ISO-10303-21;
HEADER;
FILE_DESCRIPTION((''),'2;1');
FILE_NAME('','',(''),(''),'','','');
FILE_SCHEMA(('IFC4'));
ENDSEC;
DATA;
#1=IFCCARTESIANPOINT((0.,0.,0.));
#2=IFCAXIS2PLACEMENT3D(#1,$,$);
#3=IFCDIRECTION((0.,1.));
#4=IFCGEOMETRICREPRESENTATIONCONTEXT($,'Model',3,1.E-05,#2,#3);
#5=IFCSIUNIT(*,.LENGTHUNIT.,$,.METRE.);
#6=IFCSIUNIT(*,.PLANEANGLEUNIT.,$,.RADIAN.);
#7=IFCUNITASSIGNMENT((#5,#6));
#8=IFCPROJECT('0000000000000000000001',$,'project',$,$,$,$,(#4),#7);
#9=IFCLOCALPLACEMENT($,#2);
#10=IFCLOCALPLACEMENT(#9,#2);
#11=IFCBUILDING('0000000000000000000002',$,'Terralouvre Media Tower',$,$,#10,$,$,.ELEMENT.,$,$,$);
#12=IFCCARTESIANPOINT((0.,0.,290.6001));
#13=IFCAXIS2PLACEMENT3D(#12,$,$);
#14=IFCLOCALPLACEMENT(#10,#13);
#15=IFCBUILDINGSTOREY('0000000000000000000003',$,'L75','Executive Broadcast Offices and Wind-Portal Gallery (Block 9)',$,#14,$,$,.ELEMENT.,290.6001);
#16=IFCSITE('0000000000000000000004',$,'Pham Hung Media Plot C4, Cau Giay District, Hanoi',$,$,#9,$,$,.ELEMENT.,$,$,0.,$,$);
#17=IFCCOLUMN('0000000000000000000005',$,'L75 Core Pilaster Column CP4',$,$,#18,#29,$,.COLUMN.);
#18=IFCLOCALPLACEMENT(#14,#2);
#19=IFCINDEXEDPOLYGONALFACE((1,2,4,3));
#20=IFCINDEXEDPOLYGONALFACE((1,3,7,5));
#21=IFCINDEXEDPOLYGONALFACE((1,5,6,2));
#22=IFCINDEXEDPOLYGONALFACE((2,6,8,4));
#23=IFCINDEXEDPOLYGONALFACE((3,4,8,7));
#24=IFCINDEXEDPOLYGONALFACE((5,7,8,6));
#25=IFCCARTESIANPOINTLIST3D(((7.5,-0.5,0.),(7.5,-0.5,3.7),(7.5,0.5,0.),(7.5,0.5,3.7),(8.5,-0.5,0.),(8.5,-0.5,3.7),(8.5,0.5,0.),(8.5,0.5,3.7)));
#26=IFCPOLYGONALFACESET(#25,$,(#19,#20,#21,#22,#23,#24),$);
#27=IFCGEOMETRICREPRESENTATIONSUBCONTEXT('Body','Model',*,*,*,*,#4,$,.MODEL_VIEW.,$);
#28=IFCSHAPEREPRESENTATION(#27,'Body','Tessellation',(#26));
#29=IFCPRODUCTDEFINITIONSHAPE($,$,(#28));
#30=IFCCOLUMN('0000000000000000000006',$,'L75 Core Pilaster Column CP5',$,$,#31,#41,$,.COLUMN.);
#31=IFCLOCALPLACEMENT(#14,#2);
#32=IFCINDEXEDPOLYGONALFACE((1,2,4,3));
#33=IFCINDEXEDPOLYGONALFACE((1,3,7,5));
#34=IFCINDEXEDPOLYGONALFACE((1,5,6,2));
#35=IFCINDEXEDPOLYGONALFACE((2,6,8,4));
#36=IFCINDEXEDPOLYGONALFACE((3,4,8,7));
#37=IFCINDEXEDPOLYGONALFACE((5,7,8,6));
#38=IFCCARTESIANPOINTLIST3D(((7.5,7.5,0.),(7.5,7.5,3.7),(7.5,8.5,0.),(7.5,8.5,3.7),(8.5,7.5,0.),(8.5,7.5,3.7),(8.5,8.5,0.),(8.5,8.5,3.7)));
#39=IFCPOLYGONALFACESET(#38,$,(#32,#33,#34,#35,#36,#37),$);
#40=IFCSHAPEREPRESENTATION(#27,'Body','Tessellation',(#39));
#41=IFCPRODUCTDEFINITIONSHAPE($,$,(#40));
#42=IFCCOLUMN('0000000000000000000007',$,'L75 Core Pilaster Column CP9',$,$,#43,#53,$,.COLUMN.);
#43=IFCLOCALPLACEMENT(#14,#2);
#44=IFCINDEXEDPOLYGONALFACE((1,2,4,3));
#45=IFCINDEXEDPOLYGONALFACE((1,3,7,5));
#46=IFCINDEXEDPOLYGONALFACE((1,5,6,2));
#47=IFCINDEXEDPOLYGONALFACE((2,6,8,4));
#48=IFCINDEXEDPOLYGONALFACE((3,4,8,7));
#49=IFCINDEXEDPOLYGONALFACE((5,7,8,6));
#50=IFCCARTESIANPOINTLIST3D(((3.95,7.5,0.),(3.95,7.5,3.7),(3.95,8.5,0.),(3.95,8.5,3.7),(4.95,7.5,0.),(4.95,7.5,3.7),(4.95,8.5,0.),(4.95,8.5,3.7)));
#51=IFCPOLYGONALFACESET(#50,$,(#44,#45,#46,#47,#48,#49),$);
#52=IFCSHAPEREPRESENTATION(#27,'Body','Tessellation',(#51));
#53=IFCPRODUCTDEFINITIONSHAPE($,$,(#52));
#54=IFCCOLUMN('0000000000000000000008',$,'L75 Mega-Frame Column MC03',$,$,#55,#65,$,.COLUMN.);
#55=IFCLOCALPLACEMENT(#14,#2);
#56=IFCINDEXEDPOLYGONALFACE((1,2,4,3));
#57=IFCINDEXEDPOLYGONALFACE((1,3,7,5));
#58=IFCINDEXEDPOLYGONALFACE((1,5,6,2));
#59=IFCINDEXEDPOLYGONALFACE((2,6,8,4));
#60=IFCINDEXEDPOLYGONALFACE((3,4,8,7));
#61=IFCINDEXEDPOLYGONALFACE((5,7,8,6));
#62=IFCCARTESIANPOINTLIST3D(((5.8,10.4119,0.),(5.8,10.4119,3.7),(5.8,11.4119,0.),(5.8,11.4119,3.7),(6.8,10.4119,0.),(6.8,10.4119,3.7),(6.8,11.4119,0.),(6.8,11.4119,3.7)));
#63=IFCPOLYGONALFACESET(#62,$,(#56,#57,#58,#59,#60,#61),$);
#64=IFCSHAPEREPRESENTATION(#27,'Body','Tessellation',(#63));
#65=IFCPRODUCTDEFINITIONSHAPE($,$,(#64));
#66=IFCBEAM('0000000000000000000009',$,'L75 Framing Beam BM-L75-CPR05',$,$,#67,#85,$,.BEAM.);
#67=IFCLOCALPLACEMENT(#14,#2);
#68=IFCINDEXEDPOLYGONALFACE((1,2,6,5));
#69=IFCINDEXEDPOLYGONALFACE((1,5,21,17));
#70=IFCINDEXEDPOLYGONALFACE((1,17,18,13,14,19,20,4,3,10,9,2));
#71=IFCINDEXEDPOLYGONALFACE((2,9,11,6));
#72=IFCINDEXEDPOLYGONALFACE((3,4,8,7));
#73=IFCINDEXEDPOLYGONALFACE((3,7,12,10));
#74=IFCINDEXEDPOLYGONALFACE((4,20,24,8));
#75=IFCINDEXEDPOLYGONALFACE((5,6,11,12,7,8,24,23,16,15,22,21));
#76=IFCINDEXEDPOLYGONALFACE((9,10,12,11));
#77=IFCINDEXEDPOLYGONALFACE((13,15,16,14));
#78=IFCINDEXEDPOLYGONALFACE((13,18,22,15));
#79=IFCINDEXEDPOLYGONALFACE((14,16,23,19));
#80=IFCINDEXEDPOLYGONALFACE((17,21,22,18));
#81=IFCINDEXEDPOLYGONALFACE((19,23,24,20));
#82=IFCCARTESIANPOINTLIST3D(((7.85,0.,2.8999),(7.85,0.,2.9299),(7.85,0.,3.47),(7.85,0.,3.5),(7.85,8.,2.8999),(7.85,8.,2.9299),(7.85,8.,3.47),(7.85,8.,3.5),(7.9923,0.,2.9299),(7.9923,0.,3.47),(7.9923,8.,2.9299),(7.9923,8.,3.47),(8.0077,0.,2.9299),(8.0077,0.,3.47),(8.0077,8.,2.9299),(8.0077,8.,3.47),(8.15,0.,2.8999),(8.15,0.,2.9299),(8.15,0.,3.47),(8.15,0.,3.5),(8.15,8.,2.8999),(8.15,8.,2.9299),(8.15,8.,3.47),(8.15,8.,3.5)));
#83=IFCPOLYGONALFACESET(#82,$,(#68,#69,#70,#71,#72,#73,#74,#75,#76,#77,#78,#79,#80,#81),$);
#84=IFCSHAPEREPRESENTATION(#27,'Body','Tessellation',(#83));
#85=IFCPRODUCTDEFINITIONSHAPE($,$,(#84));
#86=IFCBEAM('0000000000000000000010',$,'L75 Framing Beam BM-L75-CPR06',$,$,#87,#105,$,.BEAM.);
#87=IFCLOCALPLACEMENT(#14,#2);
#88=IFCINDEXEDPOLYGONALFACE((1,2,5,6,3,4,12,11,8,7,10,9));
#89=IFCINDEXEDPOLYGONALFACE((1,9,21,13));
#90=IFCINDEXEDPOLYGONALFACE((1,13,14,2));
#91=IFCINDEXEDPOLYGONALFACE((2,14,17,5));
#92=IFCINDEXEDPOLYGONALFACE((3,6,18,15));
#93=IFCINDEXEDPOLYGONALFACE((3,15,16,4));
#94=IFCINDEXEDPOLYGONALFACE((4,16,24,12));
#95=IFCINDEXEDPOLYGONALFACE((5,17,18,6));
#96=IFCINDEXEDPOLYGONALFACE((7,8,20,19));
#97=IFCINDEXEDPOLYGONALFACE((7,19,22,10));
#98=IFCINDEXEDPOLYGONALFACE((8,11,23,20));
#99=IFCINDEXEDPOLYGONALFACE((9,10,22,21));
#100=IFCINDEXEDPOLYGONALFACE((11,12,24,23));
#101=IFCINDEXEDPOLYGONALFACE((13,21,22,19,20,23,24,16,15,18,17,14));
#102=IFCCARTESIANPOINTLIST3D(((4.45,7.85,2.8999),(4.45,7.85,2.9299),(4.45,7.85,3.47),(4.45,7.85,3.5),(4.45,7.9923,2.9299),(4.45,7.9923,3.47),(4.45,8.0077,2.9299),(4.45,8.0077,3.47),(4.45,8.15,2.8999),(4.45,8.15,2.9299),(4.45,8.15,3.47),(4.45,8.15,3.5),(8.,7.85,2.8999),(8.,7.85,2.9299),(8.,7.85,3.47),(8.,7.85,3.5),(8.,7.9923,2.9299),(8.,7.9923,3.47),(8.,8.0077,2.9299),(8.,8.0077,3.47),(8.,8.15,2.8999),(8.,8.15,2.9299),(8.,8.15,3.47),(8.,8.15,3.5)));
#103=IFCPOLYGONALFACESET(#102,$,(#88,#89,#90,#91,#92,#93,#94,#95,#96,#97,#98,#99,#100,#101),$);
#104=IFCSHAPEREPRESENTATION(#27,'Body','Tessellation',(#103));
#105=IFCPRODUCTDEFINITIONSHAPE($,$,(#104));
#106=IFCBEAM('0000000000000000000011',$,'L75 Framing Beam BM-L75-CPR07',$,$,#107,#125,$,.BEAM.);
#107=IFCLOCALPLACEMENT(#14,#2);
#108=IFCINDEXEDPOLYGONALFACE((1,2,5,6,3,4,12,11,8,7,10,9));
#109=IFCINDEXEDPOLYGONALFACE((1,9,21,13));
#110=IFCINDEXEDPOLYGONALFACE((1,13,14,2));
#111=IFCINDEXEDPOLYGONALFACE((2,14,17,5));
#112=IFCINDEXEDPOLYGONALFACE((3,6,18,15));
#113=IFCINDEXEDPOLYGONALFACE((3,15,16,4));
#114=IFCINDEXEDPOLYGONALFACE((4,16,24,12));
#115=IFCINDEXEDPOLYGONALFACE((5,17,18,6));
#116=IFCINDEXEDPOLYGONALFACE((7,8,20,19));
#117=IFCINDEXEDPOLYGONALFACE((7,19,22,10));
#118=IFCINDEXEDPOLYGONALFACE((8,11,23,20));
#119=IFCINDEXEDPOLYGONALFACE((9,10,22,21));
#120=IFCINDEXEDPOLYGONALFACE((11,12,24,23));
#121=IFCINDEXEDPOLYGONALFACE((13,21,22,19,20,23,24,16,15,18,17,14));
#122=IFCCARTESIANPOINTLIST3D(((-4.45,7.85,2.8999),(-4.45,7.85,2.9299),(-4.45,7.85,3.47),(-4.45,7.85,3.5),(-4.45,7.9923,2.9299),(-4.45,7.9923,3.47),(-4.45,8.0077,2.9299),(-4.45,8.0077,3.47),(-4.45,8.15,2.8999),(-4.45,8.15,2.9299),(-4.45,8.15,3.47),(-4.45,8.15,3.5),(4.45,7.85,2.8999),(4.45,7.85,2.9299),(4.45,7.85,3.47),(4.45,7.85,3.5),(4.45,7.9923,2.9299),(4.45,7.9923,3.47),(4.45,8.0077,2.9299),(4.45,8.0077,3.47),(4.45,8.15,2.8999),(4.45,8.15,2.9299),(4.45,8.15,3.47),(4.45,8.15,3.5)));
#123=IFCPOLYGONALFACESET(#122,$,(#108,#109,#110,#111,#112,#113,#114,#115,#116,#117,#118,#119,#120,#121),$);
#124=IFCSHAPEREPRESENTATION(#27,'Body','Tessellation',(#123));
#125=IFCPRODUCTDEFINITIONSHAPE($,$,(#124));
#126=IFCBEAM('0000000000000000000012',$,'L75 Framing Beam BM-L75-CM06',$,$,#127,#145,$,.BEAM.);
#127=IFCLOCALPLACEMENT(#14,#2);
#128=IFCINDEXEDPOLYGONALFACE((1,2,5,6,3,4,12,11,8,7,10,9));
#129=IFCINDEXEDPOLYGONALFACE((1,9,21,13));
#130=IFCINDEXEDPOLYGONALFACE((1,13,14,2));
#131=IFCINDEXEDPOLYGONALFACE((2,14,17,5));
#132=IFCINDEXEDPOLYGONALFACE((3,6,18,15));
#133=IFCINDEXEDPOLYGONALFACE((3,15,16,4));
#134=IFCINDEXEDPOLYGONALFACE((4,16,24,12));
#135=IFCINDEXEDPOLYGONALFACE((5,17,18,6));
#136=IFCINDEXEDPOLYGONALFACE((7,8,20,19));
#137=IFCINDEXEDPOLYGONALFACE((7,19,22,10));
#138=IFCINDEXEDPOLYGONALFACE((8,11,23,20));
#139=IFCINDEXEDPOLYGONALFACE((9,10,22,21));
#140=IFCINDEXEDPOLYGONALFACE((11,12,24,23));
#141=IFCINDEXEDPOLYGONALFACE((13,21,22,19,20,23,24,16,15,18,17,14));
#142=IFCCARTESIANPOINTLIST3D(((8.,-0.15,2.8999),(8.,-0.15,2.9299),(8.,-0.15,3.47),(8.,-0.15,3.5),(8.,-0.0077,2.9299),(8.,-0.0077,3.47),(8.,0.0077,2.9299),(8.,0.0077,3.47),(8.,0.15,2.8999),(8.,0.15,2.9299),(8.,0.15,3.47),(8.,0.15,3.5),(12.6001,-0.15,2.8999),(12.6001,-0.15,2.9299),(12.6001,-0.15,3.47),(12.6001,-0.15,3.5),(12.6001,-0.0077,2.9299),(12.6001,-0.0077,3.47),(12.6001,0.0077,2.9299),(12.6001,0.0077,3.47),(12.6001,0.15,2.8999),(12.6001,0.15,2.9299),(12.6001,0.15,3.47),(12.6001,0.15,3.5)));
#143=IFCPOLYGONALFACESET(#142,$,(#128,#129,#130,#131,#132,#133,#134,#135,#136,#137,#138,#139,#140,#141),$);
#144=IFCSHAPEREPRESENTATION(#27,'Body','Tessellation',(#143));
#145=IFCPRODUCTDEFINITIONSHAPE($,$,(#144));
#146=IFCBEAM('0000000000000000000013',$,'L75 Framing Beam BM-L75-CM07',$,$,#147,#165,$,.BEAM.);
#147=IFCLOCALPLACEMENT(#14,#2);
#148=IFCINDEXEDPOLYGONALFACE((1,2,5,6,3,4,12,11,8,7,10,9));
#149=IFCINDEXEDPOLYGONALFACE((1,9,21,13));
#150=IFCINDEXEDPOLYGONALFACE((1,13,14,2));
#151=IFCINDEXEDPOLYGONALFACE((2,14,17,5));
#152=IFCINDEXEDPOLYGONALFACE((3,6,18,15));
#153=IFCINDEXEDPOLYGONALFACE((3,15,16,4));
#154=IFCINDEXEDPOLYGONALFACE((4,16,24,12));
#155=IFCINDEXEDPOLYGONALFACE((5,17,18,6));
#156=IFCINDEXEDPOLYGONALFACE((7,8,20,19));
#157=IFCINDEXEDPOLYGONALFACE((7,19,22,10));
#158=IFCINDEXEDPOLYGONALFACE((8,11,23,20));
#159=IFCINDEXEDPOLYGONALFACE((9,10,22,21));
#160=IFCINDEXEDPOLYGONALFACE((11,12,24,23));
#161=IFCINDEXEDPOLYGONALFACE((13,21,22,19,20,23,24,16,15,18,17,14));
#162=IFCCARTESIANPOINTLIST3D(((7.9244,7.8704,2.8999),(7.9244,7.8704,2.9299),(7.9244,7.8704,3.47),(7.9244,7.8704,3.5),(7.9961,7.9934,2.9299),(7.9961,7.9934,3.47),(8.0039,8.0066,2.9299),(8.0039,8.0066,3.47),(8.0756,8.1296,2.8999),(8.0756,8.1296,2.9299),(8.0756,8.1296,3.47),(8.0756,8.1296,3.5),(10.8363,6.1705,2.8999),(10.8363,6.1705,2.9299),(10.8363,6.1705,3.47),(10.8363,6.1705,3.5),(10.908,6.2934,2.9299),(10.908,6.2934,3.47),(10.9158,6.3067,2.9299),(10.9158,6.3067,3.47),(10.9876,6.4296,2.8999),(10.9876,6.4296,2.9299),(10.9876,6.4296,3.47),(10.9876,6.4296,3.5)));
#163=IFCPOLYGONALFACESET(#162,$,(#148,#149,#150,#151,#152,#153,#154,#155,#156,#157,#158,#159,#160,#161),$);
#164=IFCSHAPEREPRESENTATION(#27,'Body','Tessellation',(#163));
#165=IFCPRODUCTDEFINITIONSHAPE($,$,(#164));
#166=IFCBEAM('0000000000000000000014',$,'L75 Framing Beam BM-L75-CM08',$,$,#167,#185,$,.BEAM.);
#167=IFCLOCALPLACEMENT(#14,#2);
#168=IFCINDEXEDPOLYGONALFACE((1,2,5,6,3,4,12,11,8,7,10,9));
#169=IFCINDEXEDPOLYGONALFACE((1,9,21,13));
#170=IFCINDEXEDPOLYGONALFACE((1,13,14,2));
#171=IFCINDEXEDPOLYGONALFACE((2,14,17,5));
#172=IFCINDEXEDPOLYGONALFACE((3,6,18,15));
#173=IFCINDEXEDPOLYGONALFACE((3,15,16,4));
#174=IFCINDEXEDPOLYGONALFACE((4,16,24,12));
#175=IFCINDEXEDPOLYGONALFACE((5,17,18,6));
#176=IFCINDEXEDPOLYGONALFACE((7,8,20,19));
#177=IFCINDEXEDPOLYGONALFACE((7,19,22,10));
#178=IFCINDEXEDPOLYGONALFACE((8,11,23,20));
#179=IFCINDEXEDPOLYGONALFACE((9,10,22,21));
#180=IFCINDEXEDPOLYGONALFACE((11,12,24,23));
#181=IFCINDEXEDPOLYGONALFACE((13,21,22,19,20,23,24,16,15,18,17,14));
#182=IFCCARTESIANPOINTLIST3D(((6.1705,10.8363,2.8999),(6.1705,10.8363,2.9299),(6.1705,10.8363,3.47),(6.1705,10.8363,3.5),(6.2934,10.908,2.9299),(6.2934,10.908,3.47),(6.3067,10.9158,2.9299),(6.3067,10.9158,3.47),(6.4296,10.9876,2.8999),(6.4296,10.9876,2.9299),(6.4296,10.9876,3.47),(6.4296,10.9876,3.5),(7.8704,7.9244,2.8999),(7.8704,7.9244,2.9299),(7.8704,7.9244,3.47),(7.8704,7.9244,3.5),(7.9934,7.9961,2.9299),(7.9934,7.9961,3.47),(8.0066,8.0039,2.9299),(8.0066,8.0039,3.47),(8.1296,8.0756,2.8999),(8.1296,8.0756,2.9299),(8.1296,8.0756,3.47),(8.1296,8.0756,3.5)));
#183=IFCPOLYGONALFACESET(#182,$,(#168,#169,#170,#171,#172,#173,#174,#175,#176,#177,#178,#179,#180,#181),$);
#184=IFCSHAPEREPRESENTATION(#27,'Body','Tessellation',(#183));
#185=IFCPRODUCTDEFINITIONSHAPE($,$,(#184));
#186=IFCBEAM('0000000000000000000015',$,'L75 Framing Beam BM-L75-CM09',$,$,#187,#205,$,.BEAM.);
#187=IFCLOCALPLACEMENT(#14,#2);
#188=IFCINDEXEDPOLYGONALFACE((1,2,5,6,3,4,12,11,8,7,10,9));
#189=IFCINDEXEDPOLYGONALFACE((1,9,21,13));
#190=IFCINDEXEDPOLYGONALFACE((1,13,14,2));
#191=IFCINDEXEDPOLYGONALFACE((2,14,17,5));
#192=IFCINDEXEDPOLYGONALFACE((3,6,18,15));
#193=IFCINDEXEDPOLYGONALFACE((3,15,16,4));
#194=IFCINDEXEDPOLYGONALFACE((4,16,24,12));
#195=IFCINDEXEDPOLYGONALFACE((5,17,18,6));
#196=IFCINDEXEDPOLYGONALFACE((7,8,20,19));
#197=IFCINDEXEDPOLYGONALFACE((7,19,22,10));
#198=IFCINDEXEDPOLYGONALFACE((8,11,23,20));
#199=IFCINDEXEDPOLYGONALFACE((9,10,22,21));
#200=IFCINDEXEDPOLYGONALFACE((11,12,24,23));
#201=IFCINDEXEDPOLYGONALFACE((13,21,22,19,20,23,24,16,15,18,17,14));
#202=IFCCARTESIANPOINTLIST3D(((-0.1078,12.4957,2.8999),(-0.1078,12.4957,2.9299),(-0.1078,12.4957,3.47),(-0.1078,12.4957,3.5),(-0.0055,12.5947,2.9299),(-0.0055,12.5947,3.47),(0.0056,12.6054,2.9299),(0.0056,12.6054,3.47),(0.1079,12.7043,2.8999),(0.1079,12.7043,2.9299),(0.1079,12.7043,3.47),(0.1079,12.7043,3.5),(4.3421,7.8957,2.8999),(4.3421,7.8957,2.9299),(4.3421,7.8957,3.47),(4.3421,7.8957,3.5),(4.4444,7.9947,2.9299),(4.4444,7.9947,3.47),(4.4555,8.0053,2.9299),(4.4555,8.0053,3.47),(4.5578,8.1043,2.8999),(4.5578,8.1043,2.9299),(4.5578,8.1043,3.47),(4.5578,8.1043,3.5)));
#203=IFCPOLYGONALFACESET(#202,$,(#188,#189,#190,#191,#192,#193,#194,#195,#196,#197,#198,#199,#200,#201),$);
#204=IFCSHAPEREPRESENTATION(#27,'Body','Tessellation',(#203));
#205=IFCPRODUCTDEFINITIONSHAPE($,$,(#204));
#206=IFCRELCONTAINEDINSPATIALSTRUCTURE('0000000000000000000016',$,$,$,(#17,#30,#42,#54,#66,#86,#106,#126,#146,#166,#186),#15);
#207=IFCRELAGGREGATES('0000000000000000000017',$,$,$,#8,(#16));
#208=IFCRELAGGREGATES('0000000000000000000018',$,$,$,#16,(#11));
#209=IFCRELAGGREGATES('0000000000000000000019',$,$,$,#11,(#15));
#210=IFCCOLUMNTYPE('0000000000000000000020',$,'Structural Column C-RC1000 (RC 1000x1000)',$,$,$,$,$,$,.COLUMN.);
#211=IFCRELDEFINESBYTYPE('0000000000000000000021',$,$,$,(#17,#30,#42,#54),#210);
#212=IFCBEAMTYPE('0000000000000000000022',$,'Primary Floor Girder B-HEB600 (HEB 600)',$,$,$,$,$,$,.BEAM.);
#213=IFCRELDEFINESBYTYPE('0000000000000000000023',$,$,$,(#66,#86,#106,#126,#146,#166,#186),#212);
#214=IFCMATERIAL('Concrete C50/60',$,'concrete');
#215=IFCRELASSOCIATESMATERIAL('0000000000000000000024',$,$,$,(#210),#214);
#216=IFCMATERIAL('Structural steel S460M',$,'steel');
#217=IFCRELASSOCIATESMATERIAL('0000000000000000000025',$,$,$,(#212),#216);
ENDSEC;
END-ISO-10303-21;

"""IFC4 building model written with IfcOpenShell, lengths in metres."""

from ifc_helpers import new_model, si_unit, direction, frame, origin, origin_2d, place, context, subcontext, project, spatial, rectangle, i_section, extrude, material, material_profile, profile_set, type_object, element, save


model = new_model("IFC4")

# Units and contexts
model_context = context("Model", 3, precision=1e-05, world=origin(), true_north=direction((0.0, 1.0)))
body_context = subcontext(model_context, "Body", "Model", "MODEL_VIEW")
ifc_project = project(units=[si_unit("LENGTHUNIT", "METRE"), si_unit("PLANEANGLEUNIT", "RADIAN")], contexts=[model_context])

# Site, building, storey
site_placement = place(None, origin())
site = spatial("IfcSite", under=ifc_project, at=site_placement, Name="Pham Hung Media Plot C4, Cau Giay District, Hanoi", CompositionType="ELEMENT", RefElevation=0.0)
building_placement = place(site_placement, origin())
building = spatial("IfcBuilding", under=site, at=building_placement, Name="Terralouvre Media Tower", CompositionType="ELEMENT")
storey_placement = place(building_placement, frame((0.0, 0.0, 290.6001)))
storey = spatial("IfcBuildingStorey", under=building, at=storey_placement, Name="L75", Description="Executive Broadcast Offices and Wind-Portal Gallery (Block 9)", CompositionType="ELEMENT", Elevation=290.6001)

# Columns
ifc_material_1 = material(Name="Concrete C50/60", Category="concrete")
ifc_material_profile_1 = material_profile(ifc_material_1, rectangle(XDim=1.0, YDim=1.0, at=origin_2d()), Name="RC 1000x1000")
ifc_profile_set_1 = profile_set([ifc_material_profile_1], Name="Concrete C50/60")
column_type = type_object("IfcColumnType", Name="Structural Column C-RC1000 (RC 1000x1000)", PredefinedType="COLUMN", material=ifc_profile_set_1)
for number, where, z_axis, x_axis, name in (
    (1, (8.0, 0.0, 0.0), (0.0, 0.0, 1.0), (1.0, 0.0, 0.0), "L75 Core Pilaster Column CP4"),
    (2, (8.0, 8.0, 0.0), (0.0, 0.0, 1.0), (1.0, 0.0, 0.0), "L75 Core Pilaster Column CP5"),
    (3, (4.45, 8.0, 0.0), (0.0, 0.0, 1.0), (1.0, 0.0, 0.0), "L75 Core Pilaster Column CP9"),
    (4, (6.3, 10.9119, 0.0), (0.0, 0.0, 1.0), (1.0, 0.0, 0.0), "L75 Mega-Frame Column MC03"),
):
    element("IfcColumn", number, at=place(storey_placement, frame(where, z_axis=z_axis, x_axis=x_axis)), inside=storey, type_object=column_type, Name=name, PredefinedType="COLUMN", context=body_context, shape_type="SweptSolid", body=[
        extrude(rectangle(XDim=1.0, YDim=1.0, at=origin_2d()), origin(), (0.0, 0.0, 1.0), 3.7),
    ])

# Beams
ifc_material_2 = material(Name="Structural steel S460M", Category="steel")
ifc_material_profile_2 = material_profile(ifc_material_2, i_section(OverallWidth=0.3, OverallDepth=0.6001, WebThickness=0.0154, FlangeThickness=0.03, at=origin_2d()), Name="HEB 600")
ifc_profile_set_2 = profile_set([ifc_material_profile_2], Name="Structural steel S460M")
beam_type = type_object("IfcBeamType", Name="Primary Floor Girder B-HEB600 (HEB 600)", PredefinedType="BEAM", material=ifc_profile_set_2)
beam_1_placement = place(storey_placement, frame((8.0, 0.0, 3.2), z_axis=(0.0, 1.0, 0.0), x_axis=(-1.0, 0.0, 0.0)))
element("IfcBeam", 5, at=beam_1_placement, inside=storey, type_object=beam_type, Name="L75 Framing Beam BM-L75-CPR05", PredefinedType="BEAM", context=body_context, shape_type="SweptSolid", body=[
    extrude(i_section(OverallWidth=0.3, OverallDepth=0.6001, WebThickness=0.0154, FlangeThickness=0.03, at=origin_2d()), origin(), (0.0, 0.0, 1.0), 8.0),
])
beam_2_placement = place(storey_placement, frame((8.0, 8.0, 3.2), z_axis=(-1.0, 0.0, 0.0), x_axis=(0.0, -1.0, 0.0)))
element("IfcBeam", 6, at=beam_2_placement, inside=storey, type_object=beam_type, Name="L75 Framing Beam BM-L75-CPR06", PredefinedType="BEAM", context=body_context, shape_type="SweptSolid", body=[
    extrude(i_section(OverallWidth=0.3, OverallDepth=0.6001, WebThickness=0.0154, FlangeThickness=0.03, at=origin_2d()), origin(), (0.0, 0.0, 1.0), 3.55),
])
beam_3_placement = place(storey_placement, frame((4.45, 8.0, 3.2), z_axis=(-1.0, 0.0, 0.0), x_axis=(0.0, -1.0, 0.0)))
element("IfcBeam", 7, at=beam_3_placement, inside=storey, type_object=beam_type, Name="L75 Framing Beam BM-L75-CPR07", PredefinedType="BEAM", context=body_context, shape_type="SweptSolid", body=[
    extrude(i_section(OverallWidth=0.3, OverallDepth=0.6001, WebThickness=0.0154, FlangeThickness=0.03, at=origin_2d()), origin(), (0.0, 0.0, 1.0), 8.8999),
])
beam_4_placement = place(storey_placement, frame((8.0, 0.0, 3.2), z_axis=(1.0, 0.0, 0.0), x_axis=(0.0, 1.0, 0.0)))
element("IfcBeam", 8, at=beam_4_placement, inside=storey, type_object=beam_type, Name="L75 Framing Beam BM-L75-CM06", PredefinedType="BEAM", context=body_context, shape_type="SweptSolid", body=[
    extrude(i_section(OverallWidth=0.3, OverallDepth=0.6001, WebThickness=0.0154, FlangeThickness=0.03, at=origin_2d()), origin(), (0.0, 0.0, 1.0), 4.6001),
])
for number, where, z_axis, x_axis, name in (
    (9, (8.0, 8.0, 3.2), (0.863603, -0.504173, 0.0), (0.504173, 0.863603, 0.0), "L75 Framing Beam BM-L75-CM07"),
    (10, (8.0, 8.0, 3.2), (-0.504173, 0.863603, 0.0), (-0.863603, -0.504173, 0.0), "L75 Framing Beam BM-L75-CM08"),
):
    element("IfcBeam", number, at=place(storey_placement, frame(where, z_axis=z_axis, x_axis=x_axis)), inside=storey, type_object=beam_type, Name=name, PredefinedType="BEAM", context=body_context, shape_type="SweptSolid", body=[
        extrude(i_section(OverallWidth=0.3, OverallDepth=0.6001, WebThickness=0.0154, FlangeThickness=0.03, at=origin_2d()), origin(), (0.0, 0.0, 1.0), 3.3718),
    ])
beam_5_placement = place(storey_placement, frame((4.45, 8.0, 3.2), z_axis=(-0.69528, 0.718739, 0.0), x_axis=(-0.718739, -0.69528, 0.0)))
element("IfcBeam", 11, at=beam_5_placement, inside=storey, type_object=beam_type, Name="L75 Framing Beam BM-L75-CM09", PredefinedType="BEAM", context=body_context, shape_type="SweptSolid", body=[
    extrude(i_section(OverallWidth=0.3, OverallDepth=0.6001, WebThickness=0.0154, FlangeThickness=0.03, at=origin_2d()), origin(), (0.0, 0.0, 1.0), 6.4001),
])

save(model, "model.ifc")
